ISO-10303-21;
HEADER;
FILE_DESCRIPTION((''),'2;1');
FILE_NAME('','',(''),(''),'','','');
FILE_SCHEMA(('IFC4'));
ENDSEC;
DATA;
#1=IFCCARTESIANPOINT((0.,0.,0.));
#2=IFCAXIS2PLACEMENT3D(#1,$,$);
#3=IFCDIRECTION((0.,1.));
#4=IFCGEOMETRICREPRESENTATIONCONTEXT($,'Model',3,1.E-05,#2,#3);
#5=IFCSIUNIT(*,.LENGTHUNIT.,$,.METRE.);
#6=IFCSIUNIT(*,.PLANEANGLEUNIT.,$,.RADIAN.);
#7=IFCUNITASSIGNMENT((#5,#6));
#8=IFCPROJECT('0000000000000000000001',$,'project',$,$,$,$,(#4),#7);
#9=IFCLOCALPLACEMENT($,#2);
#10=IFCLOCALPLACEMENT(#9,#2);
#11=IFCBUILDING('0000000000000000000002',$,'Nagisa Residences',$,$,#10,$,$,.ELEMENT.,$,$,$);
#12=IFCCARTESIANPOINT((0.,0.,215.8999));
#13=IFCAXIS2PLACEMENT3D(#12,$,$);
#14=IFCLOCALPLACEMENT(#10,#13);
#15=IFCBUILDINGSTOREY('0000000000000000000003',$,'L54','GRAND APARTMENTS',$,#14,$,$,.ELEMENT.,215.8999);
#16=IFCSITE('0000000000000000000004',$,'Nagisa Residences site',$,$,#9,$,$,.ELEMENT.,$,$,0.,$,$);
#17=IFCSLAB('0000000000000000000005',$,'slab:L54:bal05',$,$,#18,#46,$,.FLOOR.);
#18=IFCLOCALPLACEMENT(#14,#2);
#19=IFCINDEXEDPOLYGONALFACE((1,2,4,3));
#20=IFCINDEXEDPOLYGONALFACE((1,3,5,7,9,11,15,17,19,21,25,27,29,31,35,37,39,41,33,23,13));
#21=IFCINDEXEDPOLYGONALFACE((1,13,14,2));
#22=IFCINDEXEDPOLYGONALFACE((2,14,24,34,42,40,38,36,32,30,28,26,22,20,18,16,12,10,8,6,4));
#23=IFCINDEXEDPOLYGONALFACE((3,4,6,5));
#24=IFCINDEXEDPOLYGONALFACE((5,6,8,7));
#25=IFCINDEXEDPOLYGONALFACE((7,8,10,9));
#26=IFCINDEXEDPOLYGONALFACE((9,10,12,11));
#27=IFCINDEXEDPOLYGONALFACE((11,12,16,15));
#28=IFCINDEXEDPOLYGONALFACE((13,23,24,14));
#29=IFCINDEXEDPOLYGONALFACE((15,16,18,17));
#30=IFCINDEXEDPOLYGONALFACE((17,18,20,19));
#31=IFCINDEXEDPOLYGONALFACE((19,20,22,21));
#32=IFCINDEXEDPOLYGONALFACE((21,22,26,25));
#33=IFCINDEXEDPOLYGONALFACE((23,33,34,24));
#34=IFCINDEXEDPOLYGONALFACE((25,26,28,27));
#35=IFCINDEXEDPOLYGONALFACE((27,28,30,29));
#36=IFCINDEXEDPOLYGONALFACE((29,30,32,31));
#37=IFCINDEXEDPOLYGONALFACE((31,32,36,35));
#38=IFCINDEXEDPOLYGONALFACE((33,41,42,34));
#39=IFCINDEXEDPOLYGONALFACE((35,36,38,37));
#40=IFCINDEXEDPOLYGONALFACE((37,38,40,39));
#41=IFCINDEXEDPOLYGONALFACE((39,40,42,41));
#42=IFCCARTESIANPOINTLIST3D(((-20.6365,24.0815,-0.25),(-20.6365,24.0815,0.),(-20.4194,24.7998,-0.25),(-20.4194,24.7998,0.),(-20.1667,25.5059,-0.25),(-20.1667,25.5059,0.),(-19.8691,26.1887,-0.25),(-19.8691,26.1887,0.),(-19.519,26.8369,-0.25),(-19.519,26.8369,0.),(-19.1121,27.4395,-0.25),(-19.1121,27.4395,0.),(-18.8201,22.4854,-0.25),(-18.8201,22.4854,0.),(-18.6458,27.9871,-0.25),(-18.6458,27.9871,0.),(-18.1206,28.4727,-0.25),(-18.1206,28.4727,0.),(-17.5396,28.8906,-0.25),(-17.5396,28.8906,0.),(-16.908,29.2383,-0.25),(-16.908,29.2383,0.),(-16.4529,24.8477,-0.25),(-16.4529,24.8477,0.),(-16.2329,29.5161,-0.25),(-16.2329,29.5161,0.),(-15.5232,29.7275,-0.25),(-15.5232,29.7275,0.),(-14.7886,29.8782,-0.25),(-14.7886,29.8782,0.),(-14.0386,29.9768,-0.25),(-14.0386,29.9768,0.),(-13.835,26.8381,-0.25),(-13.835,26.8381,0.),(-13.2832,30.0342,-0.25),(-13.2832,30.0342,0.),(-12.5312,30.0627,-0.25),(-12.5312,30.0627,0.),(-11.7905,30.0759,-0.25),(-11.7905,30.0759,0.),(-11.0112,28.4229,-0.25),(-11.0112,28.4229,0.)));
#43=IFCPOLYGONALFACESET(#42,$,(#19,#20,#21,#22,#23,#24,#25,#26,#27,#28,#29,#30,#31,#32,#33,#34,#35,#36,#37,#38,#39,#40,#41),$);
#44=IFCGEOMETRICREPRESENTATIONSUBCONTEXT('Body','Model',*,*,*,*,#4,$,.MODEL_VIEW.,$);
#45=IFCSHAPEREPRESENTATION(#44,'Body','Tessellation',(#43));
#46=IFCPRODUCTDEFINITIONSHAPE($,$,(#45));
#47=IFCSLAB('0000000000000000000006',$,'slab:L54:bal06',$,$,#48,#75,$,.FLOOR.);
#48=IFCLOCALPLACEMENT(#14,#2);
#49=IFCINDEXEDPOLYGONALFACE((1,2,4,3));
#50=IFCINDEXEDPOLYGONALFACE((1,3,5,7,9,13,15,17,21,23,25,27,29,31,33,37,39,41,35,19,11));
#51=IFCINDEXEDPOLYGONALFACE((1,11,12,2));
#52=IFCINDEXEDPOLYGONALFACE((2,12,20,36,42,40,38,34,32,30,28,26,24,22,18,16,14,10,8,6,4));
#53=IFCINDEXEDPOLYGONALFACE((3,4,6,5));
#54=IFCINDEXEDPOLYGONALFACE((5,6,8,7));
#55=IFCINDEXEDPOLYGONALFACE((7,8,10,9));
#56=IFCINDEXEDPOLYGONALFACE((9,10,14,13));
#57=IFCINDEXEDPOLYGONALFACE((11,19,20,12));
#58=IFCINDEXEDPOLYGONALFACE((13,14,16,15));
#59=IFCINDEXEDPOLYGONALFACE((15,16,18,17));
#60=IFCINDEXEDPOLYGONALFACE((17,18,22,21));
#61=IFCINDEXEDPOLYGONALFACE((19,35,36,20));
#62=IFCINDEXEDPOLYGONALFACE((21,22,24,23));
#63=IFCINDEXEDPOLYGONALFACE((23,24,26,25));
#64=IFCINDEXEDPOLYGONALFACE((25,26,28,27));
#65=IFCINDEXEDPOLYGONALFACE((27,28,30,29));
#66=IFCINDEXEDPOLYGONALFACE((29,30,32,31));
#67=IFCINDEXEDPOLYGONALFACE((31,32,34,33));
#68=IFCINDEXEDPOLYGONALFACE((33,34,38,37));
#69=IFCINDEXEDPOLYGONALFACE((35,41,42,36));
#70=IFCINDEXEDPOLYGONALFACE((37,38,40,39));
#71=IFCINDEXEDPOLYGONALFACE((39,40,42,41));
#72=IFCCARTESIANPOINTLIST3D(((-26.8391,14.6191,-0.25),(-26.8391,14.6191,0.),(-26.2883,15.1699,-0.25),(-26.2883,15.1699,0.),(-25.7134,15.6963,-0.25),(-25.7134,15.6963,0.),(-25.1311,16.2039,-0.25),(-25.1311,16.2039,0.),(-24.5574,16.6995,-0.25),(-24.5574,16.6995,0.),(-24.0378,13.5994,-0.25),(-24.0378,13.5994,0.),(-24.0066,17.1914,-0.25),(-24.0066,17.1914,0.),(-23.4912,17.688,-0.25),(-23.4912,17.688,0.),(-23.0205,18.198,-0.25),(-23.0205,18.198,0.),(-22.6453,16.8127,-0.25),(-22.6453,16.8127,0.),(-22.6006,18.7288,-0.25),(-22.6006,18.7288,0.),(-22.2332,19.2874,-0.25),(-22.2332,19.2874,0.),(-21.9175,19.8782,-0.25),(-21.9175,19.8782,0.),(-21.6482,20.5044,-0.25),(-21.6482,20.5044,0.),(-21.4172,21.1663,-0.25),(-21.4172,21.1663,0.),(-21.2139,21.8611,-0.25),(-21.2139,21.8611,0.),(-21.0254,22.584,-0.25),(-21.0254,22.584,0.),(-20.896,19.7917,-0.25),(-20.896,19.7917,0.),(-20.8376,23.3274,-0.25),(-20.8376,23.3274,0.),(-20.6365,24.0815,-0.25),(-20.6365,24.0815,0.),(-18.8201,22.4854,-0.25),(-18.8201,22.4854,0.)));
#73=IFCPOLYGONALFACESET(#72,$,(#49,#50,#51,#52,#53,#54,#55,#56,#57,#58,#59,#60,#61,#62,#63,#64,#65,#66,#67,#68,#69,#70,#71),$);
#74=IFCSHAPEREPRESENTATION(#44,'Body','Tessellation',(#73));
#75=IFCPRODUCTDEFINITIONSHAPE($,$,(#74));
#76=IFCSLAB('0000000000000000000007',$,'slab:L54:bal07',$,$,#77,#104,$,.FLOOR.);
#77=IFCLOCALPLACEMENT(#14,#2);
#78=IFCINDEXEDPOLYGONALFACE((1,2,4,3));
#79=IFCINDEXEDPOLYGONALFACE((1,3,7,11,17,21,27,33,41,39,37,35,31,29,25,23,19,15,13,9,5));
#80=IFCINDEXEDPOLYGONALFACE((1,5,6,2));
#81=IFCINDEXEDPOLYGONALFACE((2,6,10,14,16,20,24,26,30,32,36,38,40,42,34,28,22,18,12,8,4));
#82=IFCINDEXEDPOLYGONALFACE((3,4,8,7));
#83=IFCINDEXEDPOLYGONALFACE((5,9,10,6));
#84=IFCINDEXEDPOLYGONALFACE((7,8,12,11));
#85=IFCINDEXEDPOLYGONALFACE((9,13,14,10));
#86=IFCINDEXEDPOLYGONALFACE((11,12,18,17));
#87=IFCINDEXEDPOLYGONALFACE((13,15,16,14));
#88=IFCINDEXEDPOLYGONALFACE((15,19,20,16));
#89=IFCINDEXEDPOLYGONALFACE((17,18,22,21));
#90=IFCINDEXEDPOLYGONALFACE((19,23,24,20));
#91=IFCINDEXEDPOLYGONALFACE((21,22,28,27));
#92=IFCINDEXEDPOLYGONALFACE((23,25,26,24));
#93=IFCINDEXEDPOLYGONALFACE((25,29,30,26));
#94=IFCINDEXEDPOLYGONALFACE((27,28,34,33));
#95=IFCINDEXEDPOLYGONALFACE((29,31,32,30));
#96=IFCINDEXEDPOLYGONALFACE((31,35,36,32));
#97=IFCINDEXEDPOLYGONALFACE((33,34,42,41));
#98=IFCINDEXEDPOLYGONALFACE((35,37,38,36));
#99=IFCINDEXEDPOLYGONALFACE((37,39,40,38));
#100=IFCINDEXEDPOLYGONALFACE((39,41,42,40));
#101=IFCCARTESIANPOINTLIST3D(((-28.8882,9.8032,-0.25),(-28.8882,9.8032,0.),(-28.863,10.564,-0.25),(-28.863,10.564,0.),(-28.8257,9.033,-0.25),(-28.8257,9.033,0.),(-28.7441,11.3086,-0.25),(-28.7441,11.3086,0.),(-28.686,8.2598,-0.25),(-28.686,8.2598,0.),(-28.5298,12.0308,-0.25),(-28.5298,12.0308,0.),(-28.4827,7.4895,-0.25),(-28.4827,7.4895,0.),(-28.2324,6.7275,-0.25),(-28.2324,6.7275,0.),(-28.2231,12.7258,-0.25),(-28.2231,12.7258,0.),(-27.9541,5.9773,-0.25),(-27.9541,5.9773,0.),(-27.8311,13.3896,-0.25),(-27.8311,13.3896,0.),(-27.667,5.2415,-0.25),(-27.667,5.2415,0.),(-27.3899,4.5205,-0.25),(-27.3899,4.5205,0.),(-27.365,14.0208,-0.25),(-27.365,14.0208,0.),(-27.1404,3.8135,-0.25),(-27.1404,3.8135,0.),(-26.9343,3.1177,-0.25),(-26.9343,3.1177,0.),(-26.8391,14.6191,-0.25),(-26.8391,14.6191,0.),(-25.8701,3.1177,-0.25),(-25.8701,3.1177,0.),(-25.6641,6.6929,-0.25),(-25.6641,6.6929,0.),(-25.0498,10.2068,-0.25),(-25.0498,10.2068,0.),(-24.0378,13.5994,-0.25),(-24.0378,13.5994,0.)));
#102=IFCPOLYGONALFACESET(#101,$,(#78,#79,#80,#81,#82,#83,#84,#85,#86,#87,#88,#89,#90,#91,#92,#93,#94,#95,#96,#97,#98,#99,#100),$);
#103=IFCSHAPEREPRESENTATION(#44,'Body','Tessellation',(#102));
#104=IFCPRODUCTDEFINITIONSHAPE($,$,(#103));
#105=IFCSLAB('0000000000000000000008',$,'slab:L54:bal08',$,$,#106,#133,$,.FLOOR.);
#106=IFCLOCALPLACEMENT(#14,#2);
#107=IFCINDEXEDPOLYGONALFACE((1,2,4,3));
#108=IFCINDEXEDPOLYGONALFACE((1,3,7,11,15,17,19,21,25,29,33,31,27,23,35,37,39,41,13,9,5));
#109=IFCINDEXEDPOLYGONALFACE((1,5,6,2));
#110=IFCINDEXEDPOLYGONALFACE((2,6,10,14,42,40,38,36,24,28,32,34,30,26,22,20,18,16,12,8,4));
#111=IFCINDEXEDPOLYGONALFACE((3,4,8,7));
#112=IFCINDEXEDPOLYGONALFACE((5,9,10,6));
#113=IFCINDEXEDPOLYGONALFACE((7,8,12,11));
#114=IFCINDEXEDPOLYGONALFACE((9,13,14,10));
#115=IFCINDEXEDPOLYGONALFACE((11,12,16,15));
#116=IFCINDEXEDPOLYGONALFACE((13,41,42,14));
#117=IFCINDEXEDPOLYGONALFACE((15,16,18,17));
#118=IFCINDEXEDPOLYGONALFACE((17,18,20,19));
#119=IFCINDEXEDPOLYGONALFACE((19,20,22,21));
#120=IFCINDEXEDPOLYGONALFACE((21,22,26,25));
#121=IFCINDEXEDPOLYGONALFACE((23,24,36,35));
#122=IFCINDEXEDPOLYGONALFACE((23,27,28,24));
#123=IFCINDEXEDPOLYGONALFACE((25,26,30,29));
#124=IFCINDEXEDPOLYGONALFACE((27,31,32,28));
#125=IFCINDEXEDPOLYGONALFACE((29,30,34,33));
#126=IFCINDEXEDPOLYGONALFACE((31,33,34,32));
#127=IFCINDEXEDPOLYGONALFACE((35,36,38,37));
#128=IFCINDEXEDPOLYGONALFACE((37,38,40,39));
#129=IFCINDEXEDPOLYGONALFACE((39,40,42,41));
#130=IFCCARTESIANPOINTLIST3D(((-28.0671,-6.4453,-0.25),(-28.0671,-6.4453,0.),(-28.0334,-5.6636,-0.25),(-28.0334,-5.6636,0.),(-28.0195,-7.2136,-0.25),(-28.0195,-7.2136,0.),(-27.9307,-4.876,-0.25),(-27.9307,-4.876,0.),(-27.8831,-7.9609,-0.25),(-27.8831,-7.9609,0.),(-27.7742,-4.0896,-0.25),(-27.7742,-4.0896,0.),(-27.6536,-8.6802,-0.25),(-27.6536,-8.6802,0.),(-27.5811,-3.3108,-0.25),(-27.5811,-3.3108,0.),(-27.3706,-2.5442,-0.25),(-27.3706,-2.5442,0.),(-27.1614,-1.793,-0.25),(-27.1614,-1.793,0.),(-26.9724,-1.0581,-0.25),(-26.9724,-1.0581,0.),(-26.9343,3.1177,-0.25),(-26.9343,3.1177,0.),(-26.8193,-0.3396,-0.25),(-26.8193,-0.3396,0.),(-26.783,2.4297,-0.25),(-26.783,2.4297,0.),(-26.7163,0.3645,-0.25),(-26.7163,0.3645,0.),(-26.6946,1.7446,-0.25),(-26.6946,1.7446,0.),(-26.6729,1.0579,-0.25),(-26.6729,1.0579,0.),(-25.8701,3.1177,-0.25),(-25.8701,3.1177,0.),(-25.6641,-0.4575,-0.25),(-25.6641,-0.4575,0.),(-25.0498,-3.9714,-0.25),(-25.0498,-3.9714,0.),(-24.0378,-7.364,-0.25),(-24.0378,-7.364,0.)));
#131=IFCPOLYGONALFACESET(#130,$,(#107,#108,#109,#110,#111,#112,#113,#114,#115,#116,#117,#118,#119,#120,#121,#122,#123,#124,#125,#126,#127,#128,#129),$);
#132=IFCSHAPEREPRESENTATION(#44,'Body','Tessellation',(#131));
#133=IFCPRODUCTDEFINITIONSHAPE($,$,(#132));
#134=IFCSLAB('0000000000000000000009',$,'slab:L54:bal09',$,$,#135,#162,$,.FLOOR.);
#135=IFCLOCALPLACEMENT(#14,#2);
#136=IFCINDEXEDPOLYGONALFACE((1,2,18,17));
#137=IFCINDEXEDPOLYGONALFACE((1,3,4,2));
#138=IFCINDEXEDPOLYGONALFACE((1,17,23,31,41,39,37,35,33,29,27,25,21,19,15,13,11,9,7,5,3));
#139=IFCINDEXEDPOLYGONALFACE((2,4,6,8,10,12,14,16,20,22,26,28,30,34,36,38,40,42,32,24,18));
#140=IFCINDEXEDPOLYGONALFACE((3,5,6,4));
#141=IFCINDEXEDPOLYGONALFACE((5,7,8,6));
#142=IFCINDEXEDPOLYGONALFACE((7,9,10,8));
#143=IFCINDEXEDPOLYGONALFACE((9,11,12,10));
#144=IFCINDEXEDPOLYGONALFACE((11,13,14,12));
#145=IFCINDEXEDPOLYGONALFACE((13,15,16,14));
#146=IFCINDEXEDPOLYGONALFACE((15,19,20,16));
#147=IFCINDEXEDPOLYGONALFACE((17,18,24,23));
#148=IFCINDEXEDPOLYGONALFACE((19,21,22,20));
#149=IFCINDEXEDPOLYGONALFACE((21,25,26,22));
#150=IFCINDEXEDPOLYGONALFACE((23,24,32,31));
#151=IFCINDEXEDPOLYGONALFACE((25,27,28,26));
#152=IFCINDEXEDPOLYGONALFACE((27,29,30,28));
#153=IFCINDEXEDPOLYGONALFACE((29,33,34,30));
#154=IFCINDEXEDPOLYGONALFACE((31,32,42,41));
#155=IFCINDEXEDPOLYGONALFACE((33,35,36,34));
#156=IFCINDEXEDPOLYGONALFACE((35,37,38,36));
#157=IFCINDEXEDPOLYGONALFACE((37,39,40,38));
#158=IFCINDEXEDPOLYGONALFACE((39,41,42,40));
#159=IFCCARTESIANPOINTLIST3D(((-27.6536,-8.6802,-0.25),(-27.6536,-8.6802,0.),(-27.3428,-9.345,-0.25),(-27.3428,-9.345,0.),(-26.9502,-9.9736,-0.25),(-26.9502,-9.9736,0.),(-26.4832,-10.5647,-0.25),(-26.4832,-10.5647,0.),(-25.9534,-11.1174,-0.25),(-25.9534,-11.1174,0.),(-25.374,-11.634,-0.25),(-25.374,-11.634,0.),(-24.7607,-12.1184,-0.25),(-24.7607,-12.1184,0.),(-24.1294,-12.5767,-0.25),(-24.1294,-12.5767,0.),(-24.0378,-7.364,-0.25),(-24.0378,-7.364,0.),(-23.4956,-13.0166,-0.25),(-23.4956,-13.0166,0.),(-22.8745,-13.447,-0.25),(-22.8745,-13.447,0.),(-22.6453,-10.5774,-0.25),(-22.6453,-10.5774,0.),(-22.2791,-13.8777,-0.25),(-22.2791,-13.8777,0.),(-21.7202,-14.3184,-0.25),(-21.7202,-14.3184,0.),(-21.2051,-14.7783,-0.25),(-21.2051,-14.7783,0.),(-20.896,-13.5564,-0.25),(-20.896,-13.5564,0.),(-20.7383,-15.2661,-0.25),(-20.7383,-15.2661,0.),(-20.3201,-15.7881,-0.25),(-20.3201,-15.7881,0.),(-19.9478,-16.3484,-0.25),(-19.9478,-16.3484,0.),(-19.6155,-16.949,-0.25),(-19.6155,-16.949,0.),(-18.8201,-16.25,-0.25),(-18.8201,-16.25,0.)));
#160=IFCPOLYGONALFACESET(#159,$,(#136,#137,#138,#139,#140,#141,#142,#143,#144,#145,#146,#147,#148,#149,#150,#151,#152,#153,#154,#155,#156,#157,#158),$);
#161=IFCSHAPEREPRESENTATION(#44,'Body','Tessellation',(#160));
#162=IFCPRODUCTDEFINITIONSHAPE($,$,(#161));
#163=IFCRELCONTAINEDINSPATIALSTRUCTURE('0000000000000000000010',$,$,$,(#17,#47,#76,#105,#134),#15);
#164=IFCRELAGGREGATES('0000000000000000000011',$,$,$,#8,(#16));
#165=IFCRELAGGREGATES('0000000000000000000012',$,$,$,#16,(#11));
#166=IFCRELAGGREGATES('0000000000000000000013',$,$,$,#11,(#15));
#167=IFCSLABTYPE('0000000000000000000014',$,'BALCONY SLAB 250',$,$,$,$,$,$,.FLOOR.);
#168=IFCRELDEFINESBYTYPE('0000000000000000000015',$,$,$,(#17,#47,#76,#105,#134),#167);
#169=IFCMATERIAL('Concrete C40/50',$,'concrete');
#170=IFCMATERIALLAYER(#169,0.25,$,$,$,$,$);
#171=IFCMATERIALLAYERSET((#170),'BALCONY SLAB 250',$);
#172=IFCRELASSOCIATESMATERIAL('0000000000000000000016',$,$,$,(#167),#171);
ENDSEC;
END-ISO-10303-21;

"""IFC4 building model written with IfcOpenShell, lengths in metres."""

from ifc_helpers import new_model, si_unit, direction, frame, origin, place, context, subcontext, project, spatial, polyline, outline, extrude, material, layer, layer_set, type_object, element, save


model = new_model("IFC4")

# Units and contexts
model_context = context("Model", 3, precision=1e-05, world=origin(), true_north=direction((0.0, 1.0)))
body_context = subcontext(model_context, "Body", "Model", "MODEL_VIEW")
ifc_project = project(units=[si_unit("LENGTHUNIT", "METRE"), si_unit("PLANEANGLEUNIT", "RADIAN")], contexts=[model_context])

# Site, building, storey
site_placement = place(None, origin())
site = spatial("IfcSite", under=ifc_project, at=site_placement, Name="Nagisa Residences site", CompositionType="ELEMENT", RefElevation=0.0)
building_placement = place(site_placement, origin())
building = spatial("IfcBuilding", under=site, at=building_placement, Name="Nagisa Residences", CompositionType="ELEMENT")
storey_placement = place(building_placement, frame((0.0, 0.0, 215.8999)))
storey = spatial("IfcBuildingStorey", under=building, at=storey_placement, Name="L54", Description="GRAND APARTMENTS", CompositionType="ELEMENT", Elevation=215.8999)

# Slabs
ifc_material_1 = material(Name="Concrete C40/50", Category="concrete")
ifc_layer_1 = layer(ifc_material_1, 0.25)
ifc_layer_set_1 = layer_set([ifc_layer_1], Name="BALCONY SLAB 250")
slab_type_1 = type_object("IfcSlabType", Name="BALCONY SLAB 250", PredefinedType="FLOOR", material=ifc_layer_set_1)
slab_1_placement = place(storey_placement, frame((0.0, 0.0, -0.25)))
element("IfcSlab", 1, at=slab_1_placement, inside=storey, type_object=slab_type_1, Name="slab:L54:bal05", PredefinedType="FLOOR", context=body_context, shape_type="SweptSolid", body=[
    extrude(outline(polyline([(-11.7905, 30.0759), (-12.5312, 30.0627), (-13.2832, 30.0342), (-14.0386, 29.9768), (-14.7886, 29.8782), (-15.5232, 29.7275), (-16.2329, 29.5161), (-16.908, 29.2383), (-17.5396, 28.8906), (-18.1206, 28.4727), (-18.6458, 27.9871), (-19.1121, 27.4395), (-19.519, 26.8369), (-19.8691, 26.1887), (-20.1667, 25.5059), (-20.4194, 24.7998), (-20.6365, 24.0815), (-18.8201, 22.4854), (-16.4529, 24.8477), (-13.835, 26.8381), (-11.0112, 28.4229), (-11.7905, 30.0759)])), origin(), (0.0, 0.0, 1.0), 0.25),
])
slab_2_placement = place(storey_placement, frame((0.0, 0.0, -0.25)))
element("IfcSlab", 2, at=slab_2_placement, inside=storey, type_object=slab_type_1, Name="slab:L54:bal06", PredefinedType="FLOOR", context=body_context, shape_type="SweptSolid", body=[
    extrude(outline(polyline([(-20.6365, 24.0815), (-20.8376, 23.3274), (-21.0254, 22.584), (-21.2139, 21.8611), (-21.4172, 21.1663), (-21.6482, 20.5044), (-21.9175, 19.8782), (-22.2332, 19.2874), (-22.6006, 18.7288), (-23.0205, 18.198), (-23.4912, 17.688), (-24.0066, 17.1914), (-24.5574, 16.6995), (-25.1311, 16.2039), (-25.7134, 15.6963), (-26.2883, 15.1699), (-26.8391, 14.6191), (-24.0378, 13.5994), (-22.6453, 16.8127), (-20.896, 19.7917), (-18.8201, 22.4854), (-20.6365, 24.0815)])), origin(), (0.0, 0.0, 1.0), 0.25),
])
slab_3_placement = place(storey_placement, frame((0.0, 0.0, -0.25)))
element("IfcSlab", 3, at=slab_3_placement, inside=storey, type_object=slab_type_1, Name="slab:L54:bal07", PredefinedType="FLOOR", context=body_context, shape_type="SweptSolid", body=[
    extrude(outline(polyline([(-26.8391, 14.6191), (-27.365, 14.0208), (-27.8311, 13.3896), (-28.2231, 12.7258), (-28.5298, 12.0308), (-28.7441, 11.3086), (-28.863, 10.564), (-28.8882, 9.8032), (-28.8257, 9.033), (-28.686, 8.2598), (-28.4827, 7.4895), (-28.2324, 6.7275), (-27.9541, 5.9773), (-27.667, 5.2415), (-27.3899, 4.5205), (-27.1404, 3.8135), (-26.9343, 3.1177), (-25.8701, 3.1177), (-25.6641, 6.6929), (-25.0498, 10.2068), (-24.0378, 13.5994), (-26.8391, 14.6191)])), origin(), (0.0, 0.0, 1.0), 0.25),
])
slab_4_placement = place(storey_placement, frame((0.0, 0.0, -0.25)))
element("IfcSlab", 4, at=slab_4_placement, inside=storey, type_object=slab_type_1, Name="slab:L54:bal08", PredefinedType="FLOOR", context=body_context, shape_type="SweptSolid", body=[
    extrude(outline(polyline([(-26.9343, 3.1177), (-26.783, 2.4297), (-26.6946, 1.7446), (-26.6729, 1.0579), (-26.7163, 0.3645), (-26.8193, -0.3396), (-26.9724, -1.0581), (-27.1614, -1.793), (-27.3706, -2.5442), (-27.5811, -3.3108), (-27.7742, -4.0896), (-27.9307, -4.876), (-28.0334, -5.6636), (-28.0671, -6.4453), (-28.0195, -7.2136), (-27.8831, -7.9609), (-27.6536, -8.6802), (-24.0378, -7.364), (-25.0498, -3.9714), (-25.6641, -0.4575), (-25.8701, 3.1177), (-26.9343, 3.1177)])), origin(), (0.0, 0.0, 1.0), 0.25),
])
slab_5_placement = place(storey_placement, frame((0.0, 0.0, -0.25)))
element("IfcSlab", 5, at=slab_5_placement, inside=storey, type_object=slab_type_1, Name="slab:L54:bal09", PredefinedType="FLOOR", context=body_context, shape_type="SweptSolid", body=[
    extrude(outline(polyline([(-27.6536, -8.6802), (-27.3428, -9.345), (-26.9502, -9.9736), (-26.4832, -10.5647), (-25.9534, -11.1174), (-25.374, -11.634), (-24.7607, -12.1184), (-24.1294, -12.5767), (-23.4956, -13.0166), (-22.8745, -13.447), (-22.2791, -13.8777), (-21.7202, -14.3184), (-21.2051, -14.7783), (-20.7383, -15.2661), (-20.3201, -15.7881), (-19.9478, -16.3484), (-19.6155, -16.949), (-18.8201, -16.25), (-20.896, -13.5564), (-22.6453, -10.5774), (-24.0378, -7.364), (-27.6536, -8.6802)])), origin(), (0.0, 0.0, 1.0), 0.25),
])

save(model, "model.ifc")
